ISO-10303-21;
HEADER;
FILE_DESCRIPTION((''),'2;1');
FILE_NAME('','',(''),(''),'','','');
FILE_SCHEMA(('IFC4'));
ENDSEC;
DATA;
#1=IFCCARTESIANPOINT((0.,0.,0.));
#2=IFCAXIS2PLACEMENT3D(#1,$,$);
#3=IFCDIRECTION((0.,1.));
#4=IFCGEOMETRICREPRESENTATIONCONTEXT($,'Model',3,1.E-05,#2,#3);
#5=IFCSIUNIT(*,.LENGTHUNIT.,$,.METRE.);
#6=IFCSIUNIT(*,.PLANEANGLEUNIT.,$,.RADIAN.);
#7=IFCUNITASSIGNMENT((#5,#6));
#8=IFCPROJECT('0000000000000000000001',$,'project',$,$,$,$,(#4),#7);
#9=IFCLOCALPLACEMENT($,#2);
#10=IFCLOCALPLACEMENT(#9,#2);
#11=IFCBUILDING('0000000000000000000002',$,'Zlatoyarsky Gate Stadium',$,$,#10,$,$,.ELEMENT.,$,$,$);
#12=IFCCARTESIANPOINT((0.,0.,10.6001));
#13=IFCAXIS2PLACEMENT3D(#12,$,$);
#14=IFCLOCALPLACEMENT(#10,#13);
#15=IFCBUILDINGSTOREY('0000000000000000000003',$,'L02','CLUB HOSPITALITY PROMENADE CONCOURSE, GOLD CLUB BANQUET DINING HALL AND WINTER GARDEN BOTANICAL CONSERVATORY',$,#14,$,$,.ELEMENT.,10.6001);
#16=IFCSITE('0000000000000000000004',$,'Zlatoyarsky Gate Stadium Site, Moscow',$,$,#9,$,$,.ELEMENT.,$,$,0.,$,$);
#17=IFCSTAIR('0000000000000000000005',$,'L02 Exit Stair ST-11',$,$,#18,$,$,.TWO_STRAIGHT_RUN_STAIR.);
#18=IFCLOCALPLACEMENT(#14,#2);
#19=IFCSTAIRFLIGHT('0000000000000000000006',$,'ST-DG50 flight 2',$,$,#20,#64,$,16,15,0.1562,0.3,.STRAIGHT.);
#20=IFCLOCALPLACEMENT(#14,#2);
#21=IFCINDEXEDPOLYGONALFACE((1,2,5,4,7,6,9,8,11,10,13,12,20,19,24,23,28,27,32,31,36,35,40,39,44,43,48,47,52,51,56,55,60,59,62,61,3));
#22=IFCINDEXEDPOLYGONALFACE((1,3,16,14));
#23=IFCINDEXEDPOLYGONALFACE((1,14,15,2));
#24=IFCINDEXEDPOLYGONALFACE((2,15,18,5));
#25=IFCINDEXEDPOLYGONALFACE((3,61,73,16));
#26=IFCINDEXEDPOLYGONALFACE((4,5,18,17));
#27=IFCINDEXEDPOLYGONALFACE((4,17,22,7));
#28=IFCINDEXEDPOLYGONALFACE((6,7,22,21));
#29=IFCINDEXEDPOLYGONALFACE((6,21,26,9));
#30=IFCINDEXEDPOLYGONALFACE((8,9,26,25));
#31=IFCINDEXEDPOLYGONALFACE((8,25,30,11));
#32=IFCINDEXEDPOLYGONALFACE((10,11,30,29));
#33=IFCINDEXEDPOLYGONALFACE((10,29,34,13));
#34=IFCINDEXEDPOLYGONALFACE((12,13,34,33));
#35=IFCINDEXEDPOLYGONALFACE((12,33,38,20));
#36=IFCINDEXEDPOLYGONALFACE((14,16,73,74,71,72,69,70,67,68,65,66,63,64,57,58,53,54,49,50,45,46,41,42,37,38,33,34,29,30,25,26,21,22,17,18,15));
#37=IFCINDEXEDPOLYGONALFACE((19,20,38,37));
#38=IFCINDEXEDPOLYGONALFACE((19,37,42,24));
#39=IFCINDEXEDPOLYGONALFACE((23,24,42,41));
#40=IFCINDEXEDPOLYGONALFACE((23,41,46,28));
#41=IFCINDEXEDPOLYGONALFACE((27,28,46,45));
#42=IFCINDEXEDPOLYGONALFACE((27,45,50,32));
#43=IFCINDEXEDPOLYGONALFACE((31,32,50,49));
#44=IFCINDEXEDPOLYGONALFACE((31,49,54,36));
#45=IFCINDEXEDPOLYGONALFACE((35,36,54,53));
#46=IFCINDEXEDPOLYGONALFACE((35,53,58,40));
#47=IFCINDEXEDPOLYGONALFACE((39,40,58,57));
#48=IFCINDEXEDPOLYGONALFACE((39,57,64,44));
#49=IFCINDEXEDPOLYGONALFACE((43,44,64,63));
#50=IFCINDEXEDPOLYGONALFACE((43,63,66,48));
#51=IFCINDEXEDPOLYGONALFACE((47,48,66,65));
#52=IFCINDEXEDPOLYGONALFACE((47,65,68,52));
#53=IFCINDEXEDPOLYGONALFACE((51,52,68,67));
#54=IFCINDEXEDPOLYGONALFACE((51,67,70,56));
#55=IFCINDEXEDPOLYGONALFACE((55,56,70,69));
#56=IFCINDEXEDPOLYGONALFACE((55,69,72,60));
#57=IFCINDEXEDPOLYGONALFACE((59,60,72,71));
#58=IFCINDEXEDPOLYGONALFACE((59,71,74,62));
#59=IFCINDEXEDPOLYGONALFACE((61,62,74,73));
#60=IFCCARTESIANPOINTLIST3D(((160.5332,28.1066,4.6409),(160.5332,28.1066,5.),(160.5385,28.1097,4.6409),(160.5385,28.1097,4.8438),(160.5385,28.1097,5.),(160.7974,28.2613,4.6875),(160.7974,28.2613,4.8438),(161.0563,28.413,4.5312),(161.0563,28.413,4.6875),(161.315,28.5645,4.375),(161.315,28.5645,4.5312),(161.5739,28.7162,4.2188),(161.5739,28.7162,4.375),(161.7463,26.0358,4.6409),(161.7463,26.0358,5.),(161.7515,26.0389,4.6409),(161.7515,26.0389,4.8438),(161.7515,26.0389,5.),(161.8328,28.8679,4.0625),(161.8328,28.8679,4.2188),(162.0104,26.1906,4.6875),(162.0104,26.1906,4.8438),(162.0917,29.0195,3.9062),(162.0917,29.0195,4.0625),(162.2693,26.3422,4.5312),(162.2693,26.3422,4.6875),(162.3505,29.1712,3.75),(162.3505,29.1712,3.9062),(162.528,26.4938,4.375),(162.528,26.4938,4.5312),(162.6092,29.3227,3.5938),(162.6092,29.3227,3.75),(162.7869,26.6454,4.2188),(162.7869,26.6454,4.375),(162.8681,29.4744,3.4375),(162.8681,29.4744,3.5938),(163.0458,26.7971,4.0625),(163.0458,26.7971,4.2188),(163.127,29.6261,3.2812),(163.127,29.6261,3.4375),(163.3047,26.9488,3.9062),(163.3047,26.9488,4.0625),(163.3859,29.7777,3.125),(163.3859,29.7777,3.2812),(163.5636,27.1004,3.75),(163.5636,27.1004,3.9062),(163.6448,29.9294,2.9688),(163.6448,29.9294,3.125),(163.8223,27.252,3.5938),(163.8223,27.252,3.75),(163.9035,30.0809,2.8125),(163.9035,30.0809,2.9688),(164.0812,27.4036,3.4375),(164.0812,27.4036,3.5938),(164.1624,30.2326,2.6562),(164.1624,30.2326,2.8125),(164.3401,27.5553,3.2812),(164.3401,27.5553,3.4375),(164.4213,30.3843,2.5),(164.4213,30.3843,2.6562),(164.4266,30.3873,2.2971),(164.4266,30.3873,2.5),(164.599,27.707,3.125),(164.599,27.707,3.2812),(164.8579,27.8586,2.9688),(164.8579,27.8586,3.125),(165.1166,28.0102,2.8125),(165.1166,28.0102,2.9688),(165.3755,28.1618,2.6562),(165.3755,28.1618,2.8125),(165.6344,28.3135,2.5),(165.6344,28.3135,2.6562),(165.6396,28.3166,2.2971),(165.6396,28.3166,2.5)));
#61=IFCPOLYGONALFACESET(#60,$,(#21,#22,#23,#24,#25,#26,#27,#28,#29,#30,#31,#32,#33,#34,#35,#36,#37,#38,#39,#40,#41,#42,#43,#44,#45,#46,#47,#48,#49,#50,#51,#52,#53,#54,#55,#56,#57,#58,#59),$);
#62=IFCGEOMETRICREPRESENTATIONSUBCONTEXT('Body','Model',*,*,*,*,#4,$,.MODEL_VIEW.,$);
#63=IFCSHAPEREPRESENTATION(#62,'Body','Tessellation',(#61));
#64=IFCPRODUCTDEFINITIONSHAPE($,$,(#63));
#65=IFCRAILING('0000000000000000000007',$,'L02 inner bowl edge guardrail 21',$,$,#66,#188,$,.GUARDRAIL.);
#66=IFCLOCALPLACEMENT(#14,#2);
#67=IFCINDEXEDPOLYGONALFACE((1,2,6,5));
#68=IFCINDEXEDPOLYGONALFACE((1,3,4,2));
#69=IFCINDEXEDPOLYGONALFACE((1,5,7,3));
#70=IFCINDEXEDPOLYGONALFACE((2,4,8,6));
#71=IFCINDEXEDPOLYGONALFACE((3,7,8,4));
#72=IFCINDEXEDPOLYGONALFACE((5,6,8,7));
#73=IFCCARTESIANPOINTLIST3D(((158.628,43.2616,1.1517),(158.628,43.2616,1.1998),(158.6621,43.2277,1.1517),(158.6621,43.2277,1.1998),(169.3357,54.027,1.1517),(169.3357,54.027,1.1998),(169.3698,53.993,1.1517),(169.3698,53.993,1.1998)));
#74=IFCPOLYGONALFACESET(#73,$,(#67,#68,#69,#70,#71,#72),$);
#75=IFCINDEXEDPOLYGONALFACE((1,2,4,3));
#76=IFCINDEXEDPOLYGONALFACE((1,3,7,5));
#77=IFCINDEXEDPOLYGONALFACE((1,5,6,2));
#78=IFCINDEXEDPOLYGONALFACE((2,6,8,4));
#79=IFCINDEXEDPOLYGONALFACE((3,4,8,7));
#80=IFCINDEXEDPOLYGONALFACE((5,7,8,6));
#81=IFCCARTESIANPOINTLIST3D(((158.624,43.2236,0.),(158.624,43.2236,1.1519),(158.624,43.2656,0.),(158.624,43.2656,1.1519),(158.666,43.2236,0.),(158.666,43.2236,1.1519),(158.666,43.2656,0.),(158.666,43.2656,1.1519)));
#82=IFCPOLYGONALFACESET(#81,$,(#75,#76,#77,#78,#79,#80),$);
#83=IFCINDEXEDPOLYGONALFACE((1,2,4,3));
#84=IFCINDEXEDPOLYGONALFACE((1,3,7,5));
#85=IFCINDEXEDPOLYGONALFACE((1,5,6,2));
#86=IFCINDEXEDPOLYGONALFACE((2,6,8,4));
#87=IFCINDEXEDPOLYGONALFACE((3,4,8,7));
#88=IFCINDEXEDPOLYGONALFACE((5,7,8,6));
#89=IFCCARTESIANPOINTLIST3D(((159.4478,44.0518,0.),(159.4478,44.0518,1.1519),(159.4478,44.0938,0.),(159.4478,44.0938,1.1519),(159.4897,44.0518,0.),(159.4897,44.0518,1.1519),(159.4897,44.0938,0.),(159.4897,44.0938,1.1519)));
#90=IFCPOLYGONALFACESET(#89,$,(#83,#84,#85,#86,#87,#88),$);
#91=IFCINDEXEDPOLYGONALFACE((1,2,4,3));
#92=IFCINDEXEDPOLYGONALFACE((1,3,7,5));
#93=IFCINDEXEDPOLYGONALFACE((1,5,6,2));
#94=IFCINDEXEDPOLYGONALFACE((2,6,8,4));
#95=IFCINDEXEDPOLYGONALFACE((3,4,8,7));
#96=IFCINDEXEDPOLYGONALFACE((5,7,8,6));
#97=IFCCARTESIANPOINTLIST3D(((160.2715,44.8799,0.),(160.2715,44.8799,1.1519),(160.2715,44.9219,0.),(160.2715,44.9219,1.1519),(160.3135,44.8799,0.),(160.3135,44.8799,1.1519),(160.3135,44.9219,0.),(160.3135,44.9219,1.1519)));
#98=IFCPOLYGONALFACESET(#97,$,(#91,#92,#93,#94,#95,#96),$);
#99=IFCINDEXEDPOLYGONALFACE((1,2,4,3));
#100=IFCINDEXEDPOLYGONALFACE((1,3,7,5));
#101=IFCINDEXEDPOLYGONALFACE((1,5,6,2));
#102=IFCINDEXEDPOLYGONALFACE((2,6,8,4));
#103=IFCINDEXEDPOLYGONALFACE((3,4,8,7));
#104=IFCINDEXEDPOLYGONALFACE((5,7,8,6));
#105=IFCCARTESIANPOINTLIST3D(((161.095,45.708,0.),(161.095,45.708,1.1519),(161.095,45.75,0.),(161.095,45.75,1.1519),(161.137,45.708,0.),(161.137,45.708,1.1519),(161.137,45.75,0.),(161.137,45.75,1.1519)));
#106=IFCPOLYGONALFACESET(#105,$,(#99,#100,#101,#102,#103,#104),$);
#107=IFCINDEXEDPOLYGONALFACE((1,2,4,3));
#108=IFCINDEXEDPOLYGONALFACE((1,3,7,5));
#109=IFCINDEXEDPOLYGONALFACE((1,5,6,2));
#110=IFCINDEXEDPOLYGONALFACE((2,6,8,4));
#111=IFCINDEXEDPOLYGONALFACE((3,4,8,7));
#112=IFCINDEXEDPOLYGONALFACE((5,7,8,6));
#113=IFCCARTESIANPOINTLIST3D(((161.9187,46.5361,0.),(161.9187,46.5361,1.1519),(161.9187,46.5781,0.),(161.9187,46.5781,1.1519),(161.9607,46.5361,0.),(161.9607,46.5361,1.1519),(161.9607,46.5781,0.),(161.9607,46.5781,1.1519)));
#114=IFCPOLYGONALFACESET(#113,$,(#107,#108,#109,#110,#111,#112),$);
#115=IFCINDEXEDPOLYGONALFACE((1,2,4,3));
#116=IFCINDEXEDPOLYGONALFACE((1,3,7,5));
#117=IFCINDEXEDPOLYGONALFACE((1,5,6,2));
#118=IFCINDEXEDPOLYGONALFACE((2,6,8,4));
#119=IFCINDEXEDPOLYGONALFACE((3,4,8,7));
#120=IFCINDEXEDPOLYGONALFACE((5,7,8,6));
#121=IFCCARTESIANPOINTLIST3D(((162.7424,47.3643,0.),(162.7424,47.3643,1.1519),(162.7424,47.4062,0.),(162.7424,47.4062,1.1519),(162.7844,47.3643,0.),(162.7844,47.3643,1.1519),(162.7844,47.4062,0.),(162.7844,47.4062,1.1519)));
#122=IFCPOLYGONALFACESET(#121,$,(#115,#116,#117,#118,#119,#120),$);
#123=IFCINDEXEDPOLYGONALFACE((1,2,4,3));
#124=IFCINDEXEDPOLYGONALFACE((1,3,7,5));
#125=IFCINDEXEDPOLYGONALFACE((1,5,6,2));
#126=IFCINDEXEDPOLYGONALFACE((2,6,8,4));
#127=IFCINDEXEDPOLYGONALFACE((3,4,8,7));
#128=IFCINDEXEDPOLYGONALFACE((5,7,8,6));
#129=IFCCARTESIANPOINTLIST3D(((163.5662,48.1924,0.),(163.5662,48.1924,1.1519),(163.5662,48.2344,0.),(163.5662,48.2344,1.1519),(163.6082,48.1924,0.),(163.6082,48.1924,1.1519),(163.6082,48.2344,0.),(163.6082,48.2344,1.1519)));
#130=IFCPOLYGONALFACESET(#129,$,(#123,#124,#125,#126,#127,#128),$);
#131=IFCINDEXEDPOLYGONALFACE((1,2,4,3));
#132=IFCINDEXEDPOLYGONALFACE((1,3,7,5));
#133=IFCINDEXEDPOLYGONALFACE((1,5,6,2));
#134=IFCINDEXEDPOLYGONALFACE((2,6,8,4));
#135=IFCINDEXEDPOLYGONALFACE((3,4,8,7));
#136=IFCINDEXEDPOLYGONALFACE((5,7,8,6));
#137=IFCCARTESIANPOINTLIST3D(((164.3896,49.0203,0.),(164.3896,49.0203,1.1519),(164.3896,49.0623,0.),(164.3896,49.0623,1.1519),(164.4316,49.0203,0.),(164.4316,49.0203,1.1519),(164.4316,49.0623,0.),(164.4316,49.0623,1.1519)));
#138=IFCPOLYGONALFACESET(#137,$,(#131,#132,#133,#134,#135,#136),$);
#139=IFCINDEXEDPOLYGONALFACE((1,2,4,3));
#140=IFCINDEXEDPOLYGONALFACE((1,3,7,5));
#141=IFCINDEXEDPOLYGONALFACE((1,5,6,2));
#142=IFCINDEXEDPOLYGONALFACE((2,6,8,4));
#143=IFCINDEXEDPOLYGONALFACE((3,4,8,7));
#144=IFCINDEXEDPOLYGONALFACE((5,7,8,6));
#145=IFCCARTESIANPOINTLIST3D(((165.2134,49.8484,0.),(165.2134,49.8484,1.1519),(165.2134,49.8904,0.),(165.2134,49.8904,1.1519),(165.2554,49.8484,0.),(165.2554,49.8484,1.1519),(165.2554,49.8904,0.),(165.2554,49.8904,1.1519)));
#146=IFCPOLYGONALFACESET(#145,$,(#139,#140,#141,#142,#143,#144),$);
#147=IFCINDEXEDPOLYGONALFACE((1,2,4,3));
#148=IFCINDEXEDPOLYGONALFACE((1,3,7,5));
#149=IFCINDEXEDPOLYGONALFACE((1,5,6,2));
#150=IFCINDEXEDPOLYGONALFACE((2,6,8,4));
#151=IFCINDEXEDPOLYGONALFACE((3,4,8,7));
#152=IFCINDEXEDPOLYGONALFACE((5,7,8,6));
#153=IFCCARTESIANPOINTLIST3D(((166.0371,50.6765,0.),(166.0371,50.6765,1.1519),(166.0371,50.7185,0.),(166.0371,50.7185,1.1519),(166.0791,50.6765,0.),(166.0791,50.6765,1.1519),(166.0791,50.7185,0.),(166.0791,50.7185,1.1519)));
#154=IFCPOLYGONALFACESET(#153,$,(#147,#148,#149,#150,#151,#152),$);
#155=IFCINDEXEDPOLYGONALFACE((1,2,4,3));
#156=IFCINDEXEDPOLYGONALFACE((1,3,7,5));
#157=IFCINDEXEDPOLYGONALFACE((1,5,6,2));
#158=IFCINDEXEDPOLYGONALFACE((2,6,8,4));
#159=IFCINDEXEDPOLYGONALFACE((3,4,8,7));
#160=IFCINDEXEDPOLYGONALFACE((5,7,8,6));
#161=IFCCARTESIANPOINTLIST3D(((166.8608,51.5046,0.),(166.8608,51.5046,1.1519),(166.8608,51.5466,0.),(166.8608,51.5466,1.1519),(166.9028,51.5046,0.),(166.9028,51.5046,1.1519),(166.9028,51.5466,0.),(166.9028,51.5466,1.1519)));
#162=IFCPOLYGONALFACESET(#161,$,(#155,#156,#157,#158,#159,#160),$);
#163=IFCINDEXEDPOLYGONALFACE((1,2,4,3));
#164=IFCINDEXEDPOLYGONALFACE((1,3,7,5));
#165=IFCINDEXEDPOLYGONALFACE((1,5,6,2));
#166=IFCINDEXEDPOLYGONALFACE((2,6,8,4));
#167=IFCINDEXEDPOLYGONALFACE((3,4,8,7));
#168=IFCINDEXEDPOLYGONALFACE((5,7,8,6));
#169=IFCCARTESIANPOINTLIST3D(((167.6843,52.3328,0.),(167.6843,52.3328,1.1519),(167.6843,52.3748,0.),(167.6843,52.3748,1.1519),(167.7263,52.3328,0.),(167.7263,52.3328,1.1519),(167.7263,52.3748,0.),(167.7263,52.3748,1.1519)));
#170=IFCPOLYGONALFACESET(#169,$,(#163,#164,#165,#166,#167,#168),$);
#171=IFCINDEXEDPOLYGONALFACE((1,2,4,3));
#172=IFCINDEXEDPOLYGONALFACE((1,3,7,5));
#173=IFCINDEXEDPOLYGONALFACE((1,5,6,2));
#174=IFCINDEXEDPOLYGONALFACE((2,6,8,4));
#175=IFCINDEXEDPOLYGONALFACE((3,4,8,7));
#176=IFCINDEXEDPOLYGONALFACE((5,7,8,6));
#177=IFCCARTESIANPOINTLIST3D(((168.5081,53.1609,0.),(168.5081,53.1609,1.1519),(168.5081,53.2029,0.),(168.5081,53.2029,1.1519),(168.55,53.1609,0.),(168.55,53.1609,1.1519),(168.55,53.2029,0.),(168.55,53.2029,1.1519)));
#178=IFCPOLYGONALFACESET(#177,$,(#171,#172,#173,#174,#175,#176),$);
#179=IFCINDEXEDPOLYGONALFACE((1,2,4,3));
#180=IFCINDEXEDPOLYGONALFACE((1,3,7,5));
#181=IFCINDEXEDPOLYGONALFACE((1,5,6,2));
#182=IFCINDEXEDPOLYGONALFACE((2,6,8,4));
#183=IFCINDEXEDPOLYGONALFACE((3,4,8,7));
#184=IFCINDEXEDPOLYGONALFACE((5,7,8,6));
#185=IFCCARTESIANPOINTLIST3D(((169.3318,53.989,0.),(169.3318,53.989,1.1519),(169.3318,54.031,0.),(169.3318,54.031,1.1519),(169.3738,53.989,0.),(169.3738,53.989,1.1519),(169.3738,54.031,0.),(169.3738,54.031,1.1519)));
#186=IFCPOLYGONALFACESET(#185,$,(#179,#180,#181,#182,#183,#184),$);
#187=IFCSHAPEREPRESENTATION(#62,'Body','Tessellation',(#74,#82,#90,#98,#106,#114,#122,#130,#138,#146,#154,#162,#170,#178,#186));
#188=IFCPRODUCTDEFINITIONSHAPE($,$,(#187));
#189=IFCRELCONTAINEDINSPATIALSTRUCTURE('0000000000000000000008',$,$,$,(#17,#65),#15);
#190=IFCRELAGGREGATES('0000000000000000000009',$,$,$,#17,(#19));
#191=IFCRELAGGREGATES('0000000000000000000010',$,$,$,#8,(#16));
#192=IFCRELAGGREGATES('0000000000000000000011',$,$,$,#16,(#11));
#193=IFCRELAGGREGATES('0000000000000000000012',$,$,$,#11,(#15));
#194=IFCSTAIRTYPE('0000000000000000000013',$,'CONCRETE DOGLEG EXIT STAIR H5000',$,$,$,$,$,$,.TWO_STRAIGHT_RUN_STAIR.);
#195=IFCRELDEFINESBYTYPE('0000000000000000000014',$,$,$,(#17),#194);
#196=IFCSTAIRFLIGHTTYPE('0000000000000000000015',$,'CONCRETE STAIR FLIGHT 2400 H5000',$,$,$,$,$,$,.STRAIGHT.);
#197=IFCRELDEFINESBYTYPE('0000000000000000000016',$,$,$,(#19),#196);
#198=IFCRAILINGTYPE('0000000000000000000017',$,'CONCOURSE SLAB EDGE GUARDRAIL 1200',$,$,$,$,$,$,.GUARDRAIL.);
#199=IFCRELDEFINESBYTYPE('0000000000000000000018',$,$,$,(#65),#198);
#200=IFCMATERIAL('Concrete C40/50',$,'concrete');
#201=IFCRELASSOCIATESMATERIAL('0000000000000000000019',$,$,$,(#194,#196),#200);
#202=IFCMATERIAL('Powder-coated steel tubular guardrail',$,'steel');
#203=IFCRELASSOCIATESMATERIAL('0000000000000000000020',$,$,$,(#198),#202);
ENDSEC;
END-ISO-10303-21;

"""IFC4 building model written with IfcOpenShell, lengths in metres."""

from ifc_helpers import new_model, si_unit, direction, frame, origin, origin_2d, place, context, subcontext, project, spatial, polyline, rectangle, outline, extrude, material, type_object, element, aggregate, save


model = new_model("IFC4")

# Units and contexts
model_context = context("Model", 3, precision=1e-05, world=origin(), true_north=direction((0.0, 1.0)))
body_context = subcontext(model_context, "Body", "Model", "MODEL_VIEW")
ifc_project = project(units=[si_unit("LENGTHUNIT", "METRE"), si_unit("PLANEANGLEUNIT", "RADIAN")], contexts=[model_context])

# Site, building, storey
site_placement = place(None, origin())
site = spatial("IfcSite", under=ifc_project, at=site_placement, Name="Zlatoyarsky Gate Stadium Site, Moscow", CompositionType="ELEMENT", RefElevation=0.0)
building_placement = place(site_placement, origin())
building = spatial("IfcBuilding", under=site, at=building_placement, Name="Zlatoyarsky Gate Stadium", CompositionType="ELEMENT")
storey_placement = place(building_placement, frame((0.0, 0.0, 10.6001)))
storey = spatial("IfcBuildingStorey", under=building, at=storey_placement, Name="L02", Description="CLUB HOSPITALITY PROMENADE CONCOURSE, GOLD CLUB BANQUET DINING HALL AND WINTER GARDEN BOTANICAL CONSERVATORY", CompositionType="ELEMENT", Elevation=10.6001)

# Shared definitions
ifc_material_1 = material(Name="Concrete C40/50", Category="concrete")

# Stair, stair flight
stair_type = type_object("IfcStairType", Name="CONCRETE DOGLEG EXIT STAIR H5000", PredefinedType="TWO_STRAIGHT_RUN_STAIR", material=ifc_material_1)
stair_placement = place(storey_placement, origin())
stair = element("IfcStair", 1, at=stair_placement, inside=storey, type_object=stair_type, Name="L02 Exit Stair ST-11", PredefinedType="TWO_STRAIGHT_RUN_STAIR")
stair_flight_type = type_object("IfcStairFlightType", Name="CONCRETE STAIR FLIGHT 2400 H5000", PredefinedType="STRAIGHT", material=ifc_material_1)
stair_flight_placement = place(storey_placement, frame((165.0278, 29.3489, 2.5), z_axis=(0.0, 0.0, 1.0), x_axis=(-0.862848, -0.505463, 0.0)))
stair_flight = element("IfcStairFlight", 2, at=stair_flight_placement, type_object=stair_flight_type, Name="ST-DG50 flight 2", NumberOfRisers=16, NumberOfTreads=15, PredefinedType="STRAIGHT", RiserHeight=0.1562, TreadLength=0.3, context=body_context, shape_type="SweptSolid", body=[
    extrude(outline(polyline([(-0.0061, -0.2029), (-0.0061, 0.0), (0.0, 0.0), (0.0, 0.1562), (0.3, 0.1562), (0.3, 0.3125), (0.6001, 0.3125), (0.6001, 0.4688), (0.8999, 0.4688), (0.8999, 0.625), (1.2, 0.625), (1.2, 0.7812), (1.5, 0.7812), (1.5, 0.9375), (1.8, 0.9375), (1.8, 1.0938), (2.1001, 1.0938), (2.1001, 1.25), (2.3999, 1.25), (2.3999, 1.4062), (2.7, 1.4062), (2.7, 1.5625), (3.0, 1.5625), (3.0, 1.7188), (3.3, 1.7188), (3.3, 1.875), (3.6001, 1.875), (3.6001, 2.0312), (3.8999, 2.0312), (3.8999, 2.1875), (4.2, 2.1875), (4.2, 2.3438), (4.5, 2.3438), (4.5, 2.5), (4.5061, 2.5), (4.5061, 2.1409), (4.5, 2.1409), (-0.0061, -0.2029)])), frame((0.0, 1.2, 0.0), z_axis=(0.0, -1.0, 0.0), x_axis=(1.0, 0.0, 0.0)), (0.0, 0.0, 1.0), 2.3999),
])
aggregate(stair, [stair_flight])

# Railing
ifc_material_2 = material(Name="Powder-coated steel tubular guardrail", Category="steel")
railing_type_1 = type_object("IfcRailingType", Name="CONCOURSE SLAB EDGE GUARDRAIL 1200", PredefinedType="GUARDRAIL", material=ifc_material_2)
railing_1_placement = place(storey_placement, frame((158.645, 43.2446, 0.0)))
element("IfcRailing", 3, at=railing_1_placement, inside=storey, type_object=railing_type_1, Name="L02 inner bowl edge guardrail 21", PredefinedType="GUARDRAIL", context=body_context, shape_type="SweptSolid", body=[
    extrude(rectangle(XDim=0.0481, YDim=0.0481, at=origin_2d()), frame((0.0, 0.0, 1.1758), z_axis=(0.705207, 0.709002, 0.0), x_axis=(-0.709002, 0.705207, 0.0)), (0.0, 0.0, 1.0), 15.1838),
    extrude(rectangle(XDim=0.042, YDim=0.042, at=origin_2d()), origin(), (0.0, 0.0, 1.0), 1.1519),
    extrude(rectangle(XDim=0.042, YDim=0.042, at=origin_2d()), frame((0.8237, 0.8281, 0.0)), (0.0, 0.0, 1.0), 1.1519),
    extrude(rectangle(XDim=0.042, YDim=0.042, at=origin_2d()), frame((1.6475, 1.6562, 0.0)), (0.0, 0.0, 1.0), 1.1519),
    extrude(rectangle(XDim=0.042, YDim=0.042, at=origin_2d()), frame((2.4709, 2.4844, 0.0)), (0.0, 0.0, 1.0), 1.1519),
    extrude(rectangle(XDim=0.042, YDim=0.042, at=origin_2d()), frame((3.2947, 3.3125, 0.0)), (0.0, 0.0, 1.0), 1.1519),
    extrude(rectangle(XDim=0.042, YDim=0.042, at=origin_2d()), frame((4.1184, 4.1406, 0.0)), (0.0, 0.0, 1.0), 1.1519),
    extrude(rectangle(XDim=0.042, YDim=0.042, at=origin_2d()), frame((4.9421, 4.9688, 0.0)), (0.0, 0.0, 1.0), 1.1519),
    extrude(rectangle(XDim=0.042, YDim=0.042, at=origin_2d()), frame((5.7656, 5.7966, 0.0)), (0.0, 0.0, 1.0), 1.1519),
    extrude(rectangle(XDim=0.042, YDim=0.042, at=origin_2d()), frame((6.5894, 6.6248, 0.0)), (0.0, 0.0, 1.0), 1.1519),
    extrude(rectangle(XDim=0.042, YDim=0.042, at=origin_2d()), frame((7.4131, 7.4529, 0.0)), (0.0, 0.0, 1.0), 1.1519),
    extrude(rectangle(XDim=0.042, YDim=0.042, at=origin_2d()), frame((8.2368, 8.281, 0.0)), (0.0, 0.0, 1.0), 1.1519),
    extrude(rectangle(XDim=0.042, YDim=0.042, at=origin_2d()), frame((9.0603, 9.1091, 0.0)), (0.0, 0.0, 1.0), 1.1519),
    extrude(rectangle(XDim=0.042, YDim=0.042, at=origin_2d()), frame((9.884, 9.9373, 0.0)), (0.0, 0.0, 1.0), 1.1519),
    extrude(rectangle(XDim=0.042, YDim=0.042, at=origin_2d()), frame((10.7078, 10.7654, 0.0)), (0.0, 0.0, 1.0), 1.1519),
])

save(model, "model.ifc")
